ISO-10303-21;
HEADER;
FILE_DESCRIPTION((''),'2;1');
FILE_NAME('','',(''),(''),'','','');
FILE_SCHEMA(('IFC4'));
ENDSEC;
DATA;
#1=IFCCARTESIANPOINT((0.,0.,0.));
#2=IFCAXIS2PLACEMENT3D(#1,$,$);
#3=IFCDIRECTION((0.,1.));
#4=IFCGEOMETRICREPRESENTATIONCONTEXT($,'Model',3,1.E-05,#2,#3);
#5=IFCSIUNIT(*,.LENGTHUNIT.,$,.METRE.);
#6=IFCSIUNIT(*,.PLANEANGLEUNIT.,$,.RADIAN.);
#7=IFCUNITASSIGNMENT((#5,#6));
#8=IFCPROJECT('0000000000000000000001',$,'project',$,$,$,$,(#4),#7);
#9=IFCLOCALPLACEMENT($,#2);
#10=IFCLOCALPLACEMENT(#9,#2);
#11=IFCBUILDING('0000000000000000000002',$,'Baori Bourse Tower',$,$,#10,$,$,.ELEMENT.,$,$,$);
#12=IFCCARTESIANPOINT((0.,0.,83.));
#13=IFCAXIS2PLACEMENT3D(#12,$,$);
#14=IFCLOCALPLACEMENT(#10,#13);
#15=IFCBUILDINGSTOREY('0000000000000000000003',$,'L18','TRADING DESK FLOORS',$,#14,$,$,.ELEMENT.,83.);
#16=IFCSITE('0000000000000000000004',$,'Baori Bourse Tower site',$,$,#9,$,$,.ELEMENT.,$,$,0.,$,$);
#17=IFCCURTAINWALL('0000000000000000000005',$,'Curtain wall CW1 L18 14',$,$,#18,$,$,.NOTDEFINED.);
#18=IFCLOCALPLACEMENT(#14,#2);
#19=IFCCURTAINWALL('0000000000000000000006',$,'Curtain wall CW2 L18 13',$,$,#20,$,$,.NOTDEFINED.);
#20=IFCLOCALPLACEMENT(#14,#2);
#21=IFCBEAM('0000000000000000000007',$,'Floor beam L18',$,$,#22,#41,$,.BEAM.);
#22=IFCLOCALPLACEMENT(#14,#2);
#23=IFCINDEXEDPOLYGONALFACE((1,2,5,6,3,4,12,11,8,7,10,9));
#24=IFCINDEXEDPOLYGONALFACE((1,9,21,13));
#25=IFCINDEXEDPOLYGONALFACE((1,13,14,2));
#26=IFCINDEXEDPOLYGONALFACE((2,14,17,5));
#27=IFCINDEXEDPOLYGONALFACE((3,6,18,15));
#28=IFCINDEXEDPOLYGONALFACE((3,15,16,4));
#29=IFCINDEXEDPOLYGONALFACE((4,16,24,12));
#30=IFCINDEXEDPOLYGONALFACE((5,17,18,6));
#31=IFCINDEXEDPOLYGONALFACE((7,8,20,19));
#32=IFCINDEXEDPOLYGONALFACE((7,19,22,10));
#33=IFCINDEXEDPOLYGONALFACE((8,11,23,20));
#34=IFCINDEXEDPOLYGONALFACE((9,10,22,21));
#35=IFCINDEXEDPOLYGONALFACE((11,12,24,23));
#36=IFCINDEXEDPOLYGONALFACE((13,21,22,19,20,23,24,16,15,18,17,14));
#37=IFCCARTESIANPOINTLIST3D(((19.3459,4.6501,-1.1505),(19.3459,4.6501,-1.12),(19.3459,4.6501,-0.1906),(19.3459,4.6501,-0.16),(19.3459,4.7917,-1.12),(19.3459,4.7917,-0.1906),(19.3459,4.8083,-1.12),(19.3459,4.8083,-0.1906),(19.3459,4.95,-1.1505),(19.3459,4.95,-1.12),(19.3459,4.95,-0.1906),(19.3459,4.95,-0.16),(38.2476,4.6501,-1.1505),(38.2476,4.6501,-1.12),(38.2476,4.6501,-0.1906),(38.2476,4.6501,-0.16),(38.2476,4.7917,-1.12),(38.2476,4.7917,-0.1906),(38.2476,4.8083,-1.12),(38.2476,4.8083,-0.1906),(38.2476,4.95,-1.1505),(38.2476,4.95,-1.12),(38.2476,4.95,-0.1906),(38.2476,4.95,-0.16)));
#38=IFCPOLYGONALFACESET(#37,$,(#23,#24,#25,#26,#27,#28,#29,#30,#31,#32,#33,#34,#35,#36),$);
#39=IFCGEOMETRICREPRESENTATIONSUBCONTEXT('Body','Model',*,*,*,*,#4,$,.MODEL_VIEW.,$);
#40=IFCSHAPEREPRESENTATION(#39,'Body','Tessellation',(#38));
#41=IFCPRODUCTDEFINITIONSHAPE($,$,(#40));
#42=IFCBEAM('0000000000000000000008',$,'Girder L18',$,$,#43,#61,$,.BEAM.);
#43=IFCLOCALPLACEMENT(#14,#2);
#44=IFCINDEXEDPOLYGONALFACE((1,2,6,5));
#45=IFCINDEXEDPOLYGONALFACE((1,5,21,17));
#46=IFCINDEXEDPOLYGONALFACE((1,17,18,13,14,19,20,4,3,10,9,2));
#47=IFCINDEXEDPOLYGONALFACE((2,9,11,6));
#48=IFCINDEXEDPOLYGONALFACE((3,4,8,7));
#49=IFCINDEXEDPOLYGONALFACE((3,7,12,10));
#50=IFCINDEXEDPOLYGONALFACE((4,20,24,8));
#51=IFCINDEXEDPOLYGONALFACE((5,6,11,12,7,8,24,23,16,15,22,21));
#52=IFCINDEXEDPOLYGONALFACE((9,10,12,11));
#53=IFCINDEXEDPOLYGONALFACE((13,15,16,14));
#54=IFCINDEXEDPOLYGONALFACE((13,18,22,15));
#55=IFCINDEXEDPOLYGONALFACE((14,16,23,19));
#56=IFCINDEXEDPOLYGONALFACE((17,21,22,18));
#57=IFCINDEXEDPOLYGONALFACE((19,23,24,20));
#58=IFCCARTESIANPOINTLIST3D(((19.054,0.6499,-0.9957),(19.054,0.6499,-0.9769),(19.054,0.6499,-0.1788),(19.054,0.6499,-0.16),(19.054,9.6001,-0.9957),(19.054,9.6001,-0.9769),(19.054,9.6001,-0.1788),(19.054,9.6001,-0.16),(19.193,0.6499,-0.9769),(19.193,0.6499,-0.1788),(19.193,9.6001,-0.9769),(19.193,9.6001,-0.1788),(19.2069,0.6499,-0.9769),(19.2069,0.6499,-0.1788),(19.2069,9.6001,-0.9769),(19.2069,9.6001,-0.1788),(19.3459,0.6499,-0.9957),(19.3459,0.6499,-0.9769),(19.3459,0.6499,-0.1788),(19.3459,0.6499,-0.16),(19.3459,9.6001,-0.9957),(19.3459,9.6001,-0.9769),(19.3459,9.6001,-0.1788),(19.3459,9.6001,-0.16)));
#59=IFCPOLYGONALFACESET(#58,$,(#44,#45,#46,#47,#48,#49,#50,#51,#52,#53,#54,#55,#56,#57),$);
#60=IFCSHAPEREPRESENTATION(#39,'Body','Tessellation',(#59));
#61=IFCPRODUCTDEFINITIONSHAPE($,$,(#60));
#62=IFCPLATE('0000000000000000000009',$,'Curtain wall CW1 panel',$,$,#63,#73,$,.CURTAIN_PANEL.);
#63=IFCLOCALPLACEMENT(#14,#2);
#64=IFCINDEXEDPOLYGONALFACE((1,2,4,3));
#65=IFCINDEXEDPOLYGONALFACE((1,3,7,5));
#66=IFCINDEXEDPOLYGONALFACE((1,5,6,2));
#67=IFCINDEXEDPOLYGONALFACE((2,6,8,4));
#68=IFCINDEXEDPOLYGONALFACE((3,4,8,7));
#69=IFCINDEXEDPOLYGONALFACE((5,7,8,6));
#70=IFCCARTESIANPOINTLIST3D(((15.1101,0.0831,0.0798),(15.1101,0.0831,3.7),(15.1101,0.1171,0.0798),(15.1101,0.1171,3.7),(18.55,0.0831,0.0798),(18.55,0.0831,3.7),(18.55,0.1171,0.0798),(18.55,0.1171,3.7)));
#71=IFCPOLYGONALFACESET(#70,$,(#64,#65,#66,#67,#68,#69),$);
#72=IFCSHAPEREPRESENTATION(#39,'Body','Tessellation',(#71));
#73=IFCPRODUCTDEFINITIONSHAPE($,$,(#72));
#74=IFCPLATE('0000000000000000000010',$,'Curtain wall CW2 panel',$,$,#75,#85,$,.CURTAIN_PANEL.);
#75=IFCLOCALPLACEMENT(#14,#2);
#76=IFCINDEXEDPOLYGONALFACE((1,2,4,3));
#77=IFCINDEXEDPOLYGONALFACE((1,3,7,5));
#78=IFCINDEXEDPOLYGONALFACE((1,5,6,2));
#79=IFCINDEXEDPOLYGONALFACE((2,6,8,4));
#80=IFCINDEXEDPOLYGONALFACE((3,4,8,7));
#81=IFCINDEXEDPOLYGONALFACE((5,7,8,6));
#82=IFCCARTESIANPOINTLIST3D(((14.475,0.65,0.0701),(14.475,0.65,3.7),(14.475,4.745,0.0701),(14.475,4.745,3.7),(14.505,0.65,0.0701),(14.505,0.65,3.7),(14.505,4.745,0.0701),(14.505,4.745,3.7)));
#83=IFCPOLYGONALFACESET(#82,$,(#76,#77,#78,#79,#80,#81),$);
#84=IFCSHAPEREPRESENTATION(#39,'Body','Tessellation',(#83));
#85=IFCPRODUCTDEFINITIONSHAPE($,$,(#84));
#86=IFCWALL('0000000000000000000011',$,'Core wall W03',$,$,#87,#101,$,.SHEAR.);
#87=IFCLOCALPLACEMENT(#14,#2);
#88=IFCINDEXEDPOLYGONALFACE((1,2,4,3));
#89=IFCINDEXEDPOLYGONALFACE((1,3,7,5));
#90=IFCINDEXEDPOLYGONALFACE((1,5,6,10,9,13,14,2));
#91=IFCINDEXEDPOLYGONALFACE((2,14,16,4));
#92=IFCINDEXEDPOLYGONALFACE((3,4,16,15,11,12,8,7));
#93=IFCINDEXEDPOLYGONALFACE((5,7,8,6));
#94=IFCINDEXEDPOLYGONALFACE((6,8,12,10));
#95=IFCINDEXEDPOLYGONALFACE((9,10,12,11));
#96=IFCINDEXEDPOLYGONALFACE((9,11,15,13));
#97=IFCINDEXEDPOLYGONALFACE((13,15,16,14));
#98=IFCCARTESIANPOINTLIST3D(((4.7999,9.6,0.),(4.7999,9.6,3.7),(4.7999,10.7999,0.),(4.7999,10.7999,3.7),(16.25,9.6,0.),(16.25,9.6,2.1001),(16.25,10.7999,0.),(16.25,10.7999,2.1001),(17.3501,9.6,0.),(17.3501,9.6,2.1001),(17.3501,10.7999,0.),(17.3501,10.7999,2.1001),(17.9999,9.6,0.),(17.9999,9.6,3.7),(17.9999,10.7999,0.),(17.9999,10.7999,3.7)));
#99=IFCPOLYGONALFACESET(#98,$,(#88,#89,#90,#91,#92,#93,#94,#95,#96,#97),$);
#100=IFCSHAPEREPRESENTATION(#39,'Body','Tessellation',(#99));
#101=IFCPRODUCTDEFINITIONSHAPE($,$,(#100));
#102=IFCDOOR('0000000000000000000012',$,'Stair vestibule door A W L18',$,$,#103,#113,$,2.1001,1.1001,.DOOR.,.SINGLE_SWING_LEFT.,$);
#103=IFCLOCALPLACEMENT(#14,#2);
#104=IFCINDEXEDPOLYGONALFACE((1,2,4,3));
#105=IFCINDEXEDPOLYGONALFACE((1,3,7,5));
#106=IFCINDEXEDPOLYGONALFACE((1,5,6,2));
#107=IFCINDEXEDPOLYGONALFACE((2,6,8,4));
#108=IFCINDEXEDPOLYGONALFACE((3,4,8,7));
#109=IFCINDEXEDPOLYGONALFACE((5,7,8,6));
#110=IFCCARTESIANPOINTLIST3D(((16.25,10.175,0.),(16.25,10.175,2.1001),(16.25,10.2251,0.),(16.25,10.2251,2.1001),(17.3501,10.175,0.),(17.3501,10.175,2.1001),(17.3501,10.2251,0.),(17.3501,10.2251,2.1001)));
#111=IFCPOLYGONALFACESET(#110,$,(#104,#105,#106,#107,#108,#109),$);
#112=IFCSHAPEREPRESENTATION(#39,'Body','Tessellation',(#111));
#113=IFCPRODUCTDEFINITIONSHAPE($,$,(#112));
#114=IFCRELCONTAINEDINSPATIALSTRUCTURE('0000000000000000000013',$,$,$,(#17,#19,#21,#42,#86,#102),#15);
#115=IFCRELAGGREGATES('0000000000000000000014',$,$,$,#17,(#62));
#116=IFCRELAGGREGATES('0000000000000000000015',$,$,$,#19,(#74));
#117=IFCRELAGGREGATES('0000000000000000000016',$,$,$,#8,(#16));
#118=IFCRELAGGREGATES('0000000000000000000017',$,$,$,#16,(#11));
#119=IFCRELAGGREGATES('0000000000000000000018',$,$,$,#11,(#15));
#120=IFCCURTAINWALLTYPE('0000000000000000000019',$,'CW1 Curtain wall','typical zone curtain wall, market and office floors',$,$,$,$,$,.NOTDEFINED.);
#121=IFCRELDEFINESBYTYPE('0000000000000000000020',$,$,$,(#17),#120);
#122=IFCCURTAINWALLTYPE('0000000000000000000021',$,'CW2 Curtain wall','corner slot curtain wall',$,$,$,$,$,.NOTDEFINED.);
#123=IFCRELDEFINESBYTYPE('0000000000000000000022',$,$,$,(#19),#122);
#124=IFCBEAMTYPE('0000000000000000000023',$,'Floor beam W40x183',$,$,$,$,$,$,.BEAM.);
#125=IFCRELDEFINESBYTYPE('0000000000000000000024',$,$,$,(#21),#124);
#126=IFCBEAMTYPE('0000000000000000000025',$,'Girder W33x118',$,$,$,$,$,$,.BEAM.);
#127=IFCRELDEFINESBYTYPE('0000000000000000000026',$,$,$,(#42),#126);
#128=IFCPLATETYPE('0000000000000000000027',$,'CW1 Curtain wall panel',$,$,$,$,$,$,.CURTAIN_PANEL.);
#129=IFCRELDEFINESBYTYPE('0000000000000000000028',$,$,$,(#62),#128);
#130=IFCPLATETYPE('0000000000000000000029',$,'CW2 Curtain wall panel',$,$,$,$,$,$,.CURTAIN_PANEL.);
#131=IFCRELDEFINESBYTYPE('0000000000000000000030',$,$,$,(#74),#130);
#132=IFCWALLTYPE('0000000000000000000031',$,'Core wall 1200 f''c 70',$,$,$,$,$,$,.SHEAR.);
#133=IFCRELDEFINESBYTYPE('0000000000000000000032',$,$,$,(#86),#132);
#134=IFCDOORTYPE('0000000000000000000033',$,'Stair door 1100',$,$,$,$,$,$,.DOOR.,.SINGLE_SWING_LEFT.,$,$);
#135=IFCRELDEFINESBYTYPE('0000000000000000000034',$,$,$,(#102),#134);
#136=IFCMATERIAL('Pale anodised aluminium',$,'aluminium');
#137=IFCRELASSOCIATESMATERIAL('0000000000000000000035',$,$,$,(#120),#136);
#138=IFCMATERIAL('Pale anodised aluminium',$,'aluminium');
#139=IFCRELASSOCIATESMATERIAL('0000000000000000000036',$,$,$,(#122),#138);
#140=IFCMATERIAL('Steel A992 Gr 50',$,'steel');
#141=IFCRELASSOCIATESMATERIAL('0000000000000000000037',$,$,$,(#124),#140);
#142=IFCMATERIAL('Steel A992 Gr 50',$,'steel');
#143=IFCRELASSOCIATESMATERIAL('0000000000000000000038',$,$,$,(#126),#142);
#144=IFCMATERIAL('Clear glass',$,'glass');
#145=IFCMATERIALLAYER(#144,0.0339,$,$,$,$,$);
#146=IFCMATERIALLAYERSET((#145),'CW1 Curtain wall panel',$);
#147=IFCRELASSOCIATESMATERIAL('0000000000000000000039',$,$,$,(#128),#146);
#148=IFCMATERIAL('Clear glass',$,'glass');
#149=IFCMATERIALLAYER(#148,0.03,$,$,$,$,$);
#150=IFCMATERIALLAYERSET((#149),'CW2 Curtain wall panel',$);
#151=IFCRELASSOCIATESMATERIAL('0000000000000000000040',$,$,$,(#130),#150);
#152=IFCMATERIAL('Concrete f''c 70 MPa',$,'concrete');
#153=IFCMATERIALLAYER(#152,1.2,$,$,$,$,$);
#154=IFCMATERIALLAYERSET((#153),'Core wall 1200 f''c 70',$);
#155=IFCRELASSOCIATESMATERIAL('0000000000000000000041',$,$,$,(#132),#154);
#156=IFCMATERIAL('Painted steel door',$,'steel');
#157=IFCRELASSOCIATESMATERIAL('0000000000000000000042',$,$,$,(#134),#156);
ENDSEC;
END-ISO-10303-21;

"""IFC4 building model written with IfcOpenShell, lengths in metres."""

from ifc_helpers import new_model, si_unit, direction, frame, frame_2d, origin, origin_2d, place, context, subcontext, project, spatial, rectangle, i_section, extrude, material, layer, layer_set, material_profile, profile_set, type_object, element, fill, aggregate, save


model = new_model("IFC4")

# Units and contexts
model_context = context("Model", 3, precision=1e-05, world=origin(), true_north=direction((0.0, 1.0)))
body_context = subcontext(model_context, "Body", "Model", "MODEL_VIEW")
ifc_project = project(units=[si_unit("LENGTHUNIT", "METRE"), si_unit("PLANEANGLEUNIT", "RADIAN")], contexts=[model_context])

# Site, building, storey
site_placement = place(None, origin())
site = spatial("IfcSite", under=ifc_project, at=site_placement, Name="Baori Bourse Tower site", CompositionType="ELEMENT", RefElevation=0.0)
building_placement = place(site_placement, origin())
building = spatial("IfcBuilding", under=site, at=building_placement, Name="Baori Bourse Tower", CompositionType="ELEMENT")
storey_placement = place(building_placement, frame((0.0, 0.0, 83.0)))
storey = spatial("IfcBuildingStorey", under=building, at=storey_placement, Name="L18", Description="TRADING DESK FLOORS", CompositionType="ELEMENT", Elevation=83.0)

# Curtain walls
ifc_material_1 = material(Name="Pale anodised aluminium", Category="aluminium")
curtain_wall_type_1 = type_object("IfcCurtainWallType", Name="CW1 Curtain wall", Description="typical zone curtain wall, market and office floors", PredefinedType="NOTDEFINED", material=ifc_material_1)
curtain_wall_1_placement = place(storey_placement, origin())
curtain_wall_1 = element("IfcCurtainWall", 1, at=curtain_wall_1_placement, inside=storey, type_object=curtain_wall_type_1, Name="Curtain wall CW1 L18 14", PredefinedType="NOTDEFINED")
ifc_material_2 = material(Name="Pale anodised aluminium", Category="aluminium")
curtain_wall_type_2 = type_object("IfcCurtainWallType", Name="CW2 Curtain wall", Description="corner slot curtain wall", PredefinedType="NOTDEFINED", material=ifc_material_2)
curtain_wall_2_placement = place(storey_placement, origin())
curtain_wall_2 = element("IfcCurtainWall", 2, at=curtain_wall_2_placement, inside=storey, type_object=curtain_wall_type_2, Name="Curtain wall CW2 L18 13", PredefinedType="NOTDEFINED")

# Beams
ifc_material_3 = material(Name="Steel A992 Gr 50", Category="steel")
ifc_material_profile_1 = material_profile(ifc_material_3, i_section(OverallWidth=0.2998, OverallDepth=0.9905, WebThickness=0.0166, FlangeThickness=0.0305, at=origin_2d()), Name="W40x183")
ifc_profile_set_1 = profile_set([ifc_material_profile_1], Name="Steel A992 Gr 50")
beam_type_1 = type_object("IfcBeamType", Name="Floor beam W40x183", PredefinedType="BEAM", material=ifc_profile_set_1)
beam_1_placement = place(storey_placement, frame((19.3459, 4.8, -0.6553), z_axis=(1.0, 0.0, 0.0), x_axis=(0.0, 1.0, 0.0)))
element("IfcBeam", 3, at=beam_1_placement, inside=storey, type_object=beam_type_1, Name="Floor beam L18", PredefinedType="BEAM", context=body_context, shape_type="SweptSolid", body=[
    extrude(i_section(OverallWidth=0.2998, OverallDepth=0.9905, WebThickness=0.0166, FlangeThickness=0.0305, at=origin_2d()), origin(), (0.0, 0.0, 1.0), 18.9016),
])
ifc_material_4 = material(Name="Steel A992 Gr 50", Category="steel")
ifc_material_profile_2 = material_profile(ifc_material_4, i_section(OverallWidth=0.292, OverallDepth=0.8357, WebThickness=0.0139, FlangeThickness=0.0188, at=origin_2d()), Name="W33x118")
ifc_profile_set_2 = profile_set([ifc_material_profile_2], Name="Steel A992 Gr 50")
beam_type_2 = type_object("IfcBeamType", Name="Girder W33x118", PredefinedType="BEAM", material=ifc_profile_set_2)
beam_2_placement = place(storey_placement, frame((19.2, 0.6499, -0.5779), z_axis=(0.0, 1.0, 0.0), x_axis=(-1.0, 0.0, 0.0)))
element("IfcBeam", 4, at=beam_2_placement, inside=storey, type_object=beam_type_2, Name="Girder L18", PredefinedType="BEAM", context=body_context, shape_type="SweptSolid", body=[
    extrude(i_section(OverallWidth=0.292, OverallDepth=0.8357, WebThickness=0.0139, FlangeThickness=0.0188, at=origin_2d()), origin(), (0.0, 0.0, 1.0), 8.9502),
])

# Plates
ifc_material_5 = material(Name="Clear glass", Category="glass")
ifc_layer_1 = layer(ifc_material_5, 0.0339)
ifc_layer_set_1 = layer_set([ifc_layer_1], Name="CW1 Curtain wall panel")
plate_type_1 = type_object("IfcPlateType", Name="CW1 Curtain wall panel", PredefinedType="CURTAIN_PANEL", material=ifc_layer_set_1)
plate_1_placement = place(storey_placement, frame((16.8301, 0.1001, 0.0798), z_axis=(0.0, 0.0, 1.0), x_axis=(1.0, 0.0, 0.0)))
plate_1 = element("IfcPlate", 5, at=plate_1_placement, type_object=plate_type_1, Name="Curtain wall CW1 panel", PredefinedType="CURTAIN_PANEL", context=body_context, shape_type="SweptSolid", body=[
    extrude(rectangle(XDim=3.4399, YDim=0.0339, at=origin_2d()), origin(), (0.0, 0.0, 1.0), 3.6201),
])
aggregate(curtain_wall_1, [plate_1])
ifc_material_6 = material(Name="Clear glass", Category="glass")
ifc_layer_2 = layer(ifc_material_6, 0.03)
ifc_layer_set_2 = layer_set([ifc_layer_2], Name="CW2 Curtain wall panel")
plate_type_2 = type_object("IfcPlateType", Name="CW2 Curtain wall panel", PredefinedType="CURTAIN_PANEL", material=ifc_layer_set_2)
plate_2_placement = place(storey_placement, frame((14.49, 2.6975, 0.0701), z_axis=(0.0, 0.0, 1.0), x_axis=(0.0, -1.0, 0.0)))
plate_2 = element("IfcPlate", 6, at=plate_2_placement, type_object=plate_type_2, Name="Curtain wall CW2 panel", PredefinedType="CURTAIN_PANEL", context=body_context, shape_type="SweptSolid", body=[
    extrude(rectangle(XDim=4.095, YDim=0.03, at=origin_2d()), origin(), (0.0, 0.0, 1.0), 3.6299),
])
aggregate(curtain_wall_2, [plate_2])

# Wall, opening, door
ifc_material_7 = material(Name="Concrete f'c 70 MPa", Category="concrete")
ifc_layer_3 = layer(ifc_material_7, 1.2)
ifc_layer_set_3 = layer_set([ifc_layer_3], Name="Core wall 1200 f'c 70")
wall_type_1 = type_object("IfcWallType", Name="Core wall 1200 f'c 70", PredefinedType="SHEAR", material=ifc_layer_set_3)
wall_1_placement = place(storey_placement, frame((18.0, 10.2, 0.0), z_axis=(0.0, 0.0, 1.0), x_axis=(-1.0, 0.0, 0.0)))
wall_1 = element("IfcWall", 7, at=wall_1_placement, inside=storey, type_object=wall_type_1, Name="Core wall W03", PredefinedType="SHEAR", context=body_context, shape_type="SweptSolid", body=[
    extrude(rectangle(XDim=13.2, YDim=1.2, at=frame_2d((6.6001, 0.0))), origin(), (0.0, 0.0, 1.0), 3.7),
])
opening_1_placement = place(wall_1_placement, frame((0.6499, 0.0, 0.0)))
opening_1 = element("IfcOpeningElement", 8, at=opening_1_placement, cuts=wall_1, PredefinedType="OPENING", context=body_context, shape_type="SweptSolid", body=[
    extrude(rectangle(XDim=1.1001, YDim=2.1001, at=frame_2d((0.55, 1.05))), frame((0.0, 0.6099, 0.0), z_axis=(0.0, -1.0, 0.0), x_axis=(1.0, 0.0, 0.0)), (0.0, 0.0, 1.0), 1.22),
])
ifc_material_8 = material(Name="Painted steel door", Category="steel")
door_type_1 = type_object("IfcDoorType", Name="Stair door 1100", OperationType="SINGLE_SWING_LEFT", PredefinedType="DOOR", material=ifc_material_8)
door_1_placement = place(opening_1_placement, origin())
door_1 = element("IfcDoor", 9, at=door_1_placement, inside=storey, type_object=door_type_1, Name="Stair vestibule door A W L18", OperationType="SINGLE_SWING_LEFT", OverallHeight=2.1001, OverallWidth=1.1001, PredefinedType="DOOR", context=body_context, shape_type="SweptSolid", body=[
    extrude(rectangle(XDim=1.1001, YDim=2.1001, at=frame_2d((0.55, 1.05))), frame((0.0, 0.0249, 0.0), z_axis=(0.0, -1.0, 0.0), x_axis=(1.0, 0.0, 0.0)), (0.0, 0.0, 1.0), 0.05),
])
fill(opening_1, door_1)

save(model, "model.ifc")
